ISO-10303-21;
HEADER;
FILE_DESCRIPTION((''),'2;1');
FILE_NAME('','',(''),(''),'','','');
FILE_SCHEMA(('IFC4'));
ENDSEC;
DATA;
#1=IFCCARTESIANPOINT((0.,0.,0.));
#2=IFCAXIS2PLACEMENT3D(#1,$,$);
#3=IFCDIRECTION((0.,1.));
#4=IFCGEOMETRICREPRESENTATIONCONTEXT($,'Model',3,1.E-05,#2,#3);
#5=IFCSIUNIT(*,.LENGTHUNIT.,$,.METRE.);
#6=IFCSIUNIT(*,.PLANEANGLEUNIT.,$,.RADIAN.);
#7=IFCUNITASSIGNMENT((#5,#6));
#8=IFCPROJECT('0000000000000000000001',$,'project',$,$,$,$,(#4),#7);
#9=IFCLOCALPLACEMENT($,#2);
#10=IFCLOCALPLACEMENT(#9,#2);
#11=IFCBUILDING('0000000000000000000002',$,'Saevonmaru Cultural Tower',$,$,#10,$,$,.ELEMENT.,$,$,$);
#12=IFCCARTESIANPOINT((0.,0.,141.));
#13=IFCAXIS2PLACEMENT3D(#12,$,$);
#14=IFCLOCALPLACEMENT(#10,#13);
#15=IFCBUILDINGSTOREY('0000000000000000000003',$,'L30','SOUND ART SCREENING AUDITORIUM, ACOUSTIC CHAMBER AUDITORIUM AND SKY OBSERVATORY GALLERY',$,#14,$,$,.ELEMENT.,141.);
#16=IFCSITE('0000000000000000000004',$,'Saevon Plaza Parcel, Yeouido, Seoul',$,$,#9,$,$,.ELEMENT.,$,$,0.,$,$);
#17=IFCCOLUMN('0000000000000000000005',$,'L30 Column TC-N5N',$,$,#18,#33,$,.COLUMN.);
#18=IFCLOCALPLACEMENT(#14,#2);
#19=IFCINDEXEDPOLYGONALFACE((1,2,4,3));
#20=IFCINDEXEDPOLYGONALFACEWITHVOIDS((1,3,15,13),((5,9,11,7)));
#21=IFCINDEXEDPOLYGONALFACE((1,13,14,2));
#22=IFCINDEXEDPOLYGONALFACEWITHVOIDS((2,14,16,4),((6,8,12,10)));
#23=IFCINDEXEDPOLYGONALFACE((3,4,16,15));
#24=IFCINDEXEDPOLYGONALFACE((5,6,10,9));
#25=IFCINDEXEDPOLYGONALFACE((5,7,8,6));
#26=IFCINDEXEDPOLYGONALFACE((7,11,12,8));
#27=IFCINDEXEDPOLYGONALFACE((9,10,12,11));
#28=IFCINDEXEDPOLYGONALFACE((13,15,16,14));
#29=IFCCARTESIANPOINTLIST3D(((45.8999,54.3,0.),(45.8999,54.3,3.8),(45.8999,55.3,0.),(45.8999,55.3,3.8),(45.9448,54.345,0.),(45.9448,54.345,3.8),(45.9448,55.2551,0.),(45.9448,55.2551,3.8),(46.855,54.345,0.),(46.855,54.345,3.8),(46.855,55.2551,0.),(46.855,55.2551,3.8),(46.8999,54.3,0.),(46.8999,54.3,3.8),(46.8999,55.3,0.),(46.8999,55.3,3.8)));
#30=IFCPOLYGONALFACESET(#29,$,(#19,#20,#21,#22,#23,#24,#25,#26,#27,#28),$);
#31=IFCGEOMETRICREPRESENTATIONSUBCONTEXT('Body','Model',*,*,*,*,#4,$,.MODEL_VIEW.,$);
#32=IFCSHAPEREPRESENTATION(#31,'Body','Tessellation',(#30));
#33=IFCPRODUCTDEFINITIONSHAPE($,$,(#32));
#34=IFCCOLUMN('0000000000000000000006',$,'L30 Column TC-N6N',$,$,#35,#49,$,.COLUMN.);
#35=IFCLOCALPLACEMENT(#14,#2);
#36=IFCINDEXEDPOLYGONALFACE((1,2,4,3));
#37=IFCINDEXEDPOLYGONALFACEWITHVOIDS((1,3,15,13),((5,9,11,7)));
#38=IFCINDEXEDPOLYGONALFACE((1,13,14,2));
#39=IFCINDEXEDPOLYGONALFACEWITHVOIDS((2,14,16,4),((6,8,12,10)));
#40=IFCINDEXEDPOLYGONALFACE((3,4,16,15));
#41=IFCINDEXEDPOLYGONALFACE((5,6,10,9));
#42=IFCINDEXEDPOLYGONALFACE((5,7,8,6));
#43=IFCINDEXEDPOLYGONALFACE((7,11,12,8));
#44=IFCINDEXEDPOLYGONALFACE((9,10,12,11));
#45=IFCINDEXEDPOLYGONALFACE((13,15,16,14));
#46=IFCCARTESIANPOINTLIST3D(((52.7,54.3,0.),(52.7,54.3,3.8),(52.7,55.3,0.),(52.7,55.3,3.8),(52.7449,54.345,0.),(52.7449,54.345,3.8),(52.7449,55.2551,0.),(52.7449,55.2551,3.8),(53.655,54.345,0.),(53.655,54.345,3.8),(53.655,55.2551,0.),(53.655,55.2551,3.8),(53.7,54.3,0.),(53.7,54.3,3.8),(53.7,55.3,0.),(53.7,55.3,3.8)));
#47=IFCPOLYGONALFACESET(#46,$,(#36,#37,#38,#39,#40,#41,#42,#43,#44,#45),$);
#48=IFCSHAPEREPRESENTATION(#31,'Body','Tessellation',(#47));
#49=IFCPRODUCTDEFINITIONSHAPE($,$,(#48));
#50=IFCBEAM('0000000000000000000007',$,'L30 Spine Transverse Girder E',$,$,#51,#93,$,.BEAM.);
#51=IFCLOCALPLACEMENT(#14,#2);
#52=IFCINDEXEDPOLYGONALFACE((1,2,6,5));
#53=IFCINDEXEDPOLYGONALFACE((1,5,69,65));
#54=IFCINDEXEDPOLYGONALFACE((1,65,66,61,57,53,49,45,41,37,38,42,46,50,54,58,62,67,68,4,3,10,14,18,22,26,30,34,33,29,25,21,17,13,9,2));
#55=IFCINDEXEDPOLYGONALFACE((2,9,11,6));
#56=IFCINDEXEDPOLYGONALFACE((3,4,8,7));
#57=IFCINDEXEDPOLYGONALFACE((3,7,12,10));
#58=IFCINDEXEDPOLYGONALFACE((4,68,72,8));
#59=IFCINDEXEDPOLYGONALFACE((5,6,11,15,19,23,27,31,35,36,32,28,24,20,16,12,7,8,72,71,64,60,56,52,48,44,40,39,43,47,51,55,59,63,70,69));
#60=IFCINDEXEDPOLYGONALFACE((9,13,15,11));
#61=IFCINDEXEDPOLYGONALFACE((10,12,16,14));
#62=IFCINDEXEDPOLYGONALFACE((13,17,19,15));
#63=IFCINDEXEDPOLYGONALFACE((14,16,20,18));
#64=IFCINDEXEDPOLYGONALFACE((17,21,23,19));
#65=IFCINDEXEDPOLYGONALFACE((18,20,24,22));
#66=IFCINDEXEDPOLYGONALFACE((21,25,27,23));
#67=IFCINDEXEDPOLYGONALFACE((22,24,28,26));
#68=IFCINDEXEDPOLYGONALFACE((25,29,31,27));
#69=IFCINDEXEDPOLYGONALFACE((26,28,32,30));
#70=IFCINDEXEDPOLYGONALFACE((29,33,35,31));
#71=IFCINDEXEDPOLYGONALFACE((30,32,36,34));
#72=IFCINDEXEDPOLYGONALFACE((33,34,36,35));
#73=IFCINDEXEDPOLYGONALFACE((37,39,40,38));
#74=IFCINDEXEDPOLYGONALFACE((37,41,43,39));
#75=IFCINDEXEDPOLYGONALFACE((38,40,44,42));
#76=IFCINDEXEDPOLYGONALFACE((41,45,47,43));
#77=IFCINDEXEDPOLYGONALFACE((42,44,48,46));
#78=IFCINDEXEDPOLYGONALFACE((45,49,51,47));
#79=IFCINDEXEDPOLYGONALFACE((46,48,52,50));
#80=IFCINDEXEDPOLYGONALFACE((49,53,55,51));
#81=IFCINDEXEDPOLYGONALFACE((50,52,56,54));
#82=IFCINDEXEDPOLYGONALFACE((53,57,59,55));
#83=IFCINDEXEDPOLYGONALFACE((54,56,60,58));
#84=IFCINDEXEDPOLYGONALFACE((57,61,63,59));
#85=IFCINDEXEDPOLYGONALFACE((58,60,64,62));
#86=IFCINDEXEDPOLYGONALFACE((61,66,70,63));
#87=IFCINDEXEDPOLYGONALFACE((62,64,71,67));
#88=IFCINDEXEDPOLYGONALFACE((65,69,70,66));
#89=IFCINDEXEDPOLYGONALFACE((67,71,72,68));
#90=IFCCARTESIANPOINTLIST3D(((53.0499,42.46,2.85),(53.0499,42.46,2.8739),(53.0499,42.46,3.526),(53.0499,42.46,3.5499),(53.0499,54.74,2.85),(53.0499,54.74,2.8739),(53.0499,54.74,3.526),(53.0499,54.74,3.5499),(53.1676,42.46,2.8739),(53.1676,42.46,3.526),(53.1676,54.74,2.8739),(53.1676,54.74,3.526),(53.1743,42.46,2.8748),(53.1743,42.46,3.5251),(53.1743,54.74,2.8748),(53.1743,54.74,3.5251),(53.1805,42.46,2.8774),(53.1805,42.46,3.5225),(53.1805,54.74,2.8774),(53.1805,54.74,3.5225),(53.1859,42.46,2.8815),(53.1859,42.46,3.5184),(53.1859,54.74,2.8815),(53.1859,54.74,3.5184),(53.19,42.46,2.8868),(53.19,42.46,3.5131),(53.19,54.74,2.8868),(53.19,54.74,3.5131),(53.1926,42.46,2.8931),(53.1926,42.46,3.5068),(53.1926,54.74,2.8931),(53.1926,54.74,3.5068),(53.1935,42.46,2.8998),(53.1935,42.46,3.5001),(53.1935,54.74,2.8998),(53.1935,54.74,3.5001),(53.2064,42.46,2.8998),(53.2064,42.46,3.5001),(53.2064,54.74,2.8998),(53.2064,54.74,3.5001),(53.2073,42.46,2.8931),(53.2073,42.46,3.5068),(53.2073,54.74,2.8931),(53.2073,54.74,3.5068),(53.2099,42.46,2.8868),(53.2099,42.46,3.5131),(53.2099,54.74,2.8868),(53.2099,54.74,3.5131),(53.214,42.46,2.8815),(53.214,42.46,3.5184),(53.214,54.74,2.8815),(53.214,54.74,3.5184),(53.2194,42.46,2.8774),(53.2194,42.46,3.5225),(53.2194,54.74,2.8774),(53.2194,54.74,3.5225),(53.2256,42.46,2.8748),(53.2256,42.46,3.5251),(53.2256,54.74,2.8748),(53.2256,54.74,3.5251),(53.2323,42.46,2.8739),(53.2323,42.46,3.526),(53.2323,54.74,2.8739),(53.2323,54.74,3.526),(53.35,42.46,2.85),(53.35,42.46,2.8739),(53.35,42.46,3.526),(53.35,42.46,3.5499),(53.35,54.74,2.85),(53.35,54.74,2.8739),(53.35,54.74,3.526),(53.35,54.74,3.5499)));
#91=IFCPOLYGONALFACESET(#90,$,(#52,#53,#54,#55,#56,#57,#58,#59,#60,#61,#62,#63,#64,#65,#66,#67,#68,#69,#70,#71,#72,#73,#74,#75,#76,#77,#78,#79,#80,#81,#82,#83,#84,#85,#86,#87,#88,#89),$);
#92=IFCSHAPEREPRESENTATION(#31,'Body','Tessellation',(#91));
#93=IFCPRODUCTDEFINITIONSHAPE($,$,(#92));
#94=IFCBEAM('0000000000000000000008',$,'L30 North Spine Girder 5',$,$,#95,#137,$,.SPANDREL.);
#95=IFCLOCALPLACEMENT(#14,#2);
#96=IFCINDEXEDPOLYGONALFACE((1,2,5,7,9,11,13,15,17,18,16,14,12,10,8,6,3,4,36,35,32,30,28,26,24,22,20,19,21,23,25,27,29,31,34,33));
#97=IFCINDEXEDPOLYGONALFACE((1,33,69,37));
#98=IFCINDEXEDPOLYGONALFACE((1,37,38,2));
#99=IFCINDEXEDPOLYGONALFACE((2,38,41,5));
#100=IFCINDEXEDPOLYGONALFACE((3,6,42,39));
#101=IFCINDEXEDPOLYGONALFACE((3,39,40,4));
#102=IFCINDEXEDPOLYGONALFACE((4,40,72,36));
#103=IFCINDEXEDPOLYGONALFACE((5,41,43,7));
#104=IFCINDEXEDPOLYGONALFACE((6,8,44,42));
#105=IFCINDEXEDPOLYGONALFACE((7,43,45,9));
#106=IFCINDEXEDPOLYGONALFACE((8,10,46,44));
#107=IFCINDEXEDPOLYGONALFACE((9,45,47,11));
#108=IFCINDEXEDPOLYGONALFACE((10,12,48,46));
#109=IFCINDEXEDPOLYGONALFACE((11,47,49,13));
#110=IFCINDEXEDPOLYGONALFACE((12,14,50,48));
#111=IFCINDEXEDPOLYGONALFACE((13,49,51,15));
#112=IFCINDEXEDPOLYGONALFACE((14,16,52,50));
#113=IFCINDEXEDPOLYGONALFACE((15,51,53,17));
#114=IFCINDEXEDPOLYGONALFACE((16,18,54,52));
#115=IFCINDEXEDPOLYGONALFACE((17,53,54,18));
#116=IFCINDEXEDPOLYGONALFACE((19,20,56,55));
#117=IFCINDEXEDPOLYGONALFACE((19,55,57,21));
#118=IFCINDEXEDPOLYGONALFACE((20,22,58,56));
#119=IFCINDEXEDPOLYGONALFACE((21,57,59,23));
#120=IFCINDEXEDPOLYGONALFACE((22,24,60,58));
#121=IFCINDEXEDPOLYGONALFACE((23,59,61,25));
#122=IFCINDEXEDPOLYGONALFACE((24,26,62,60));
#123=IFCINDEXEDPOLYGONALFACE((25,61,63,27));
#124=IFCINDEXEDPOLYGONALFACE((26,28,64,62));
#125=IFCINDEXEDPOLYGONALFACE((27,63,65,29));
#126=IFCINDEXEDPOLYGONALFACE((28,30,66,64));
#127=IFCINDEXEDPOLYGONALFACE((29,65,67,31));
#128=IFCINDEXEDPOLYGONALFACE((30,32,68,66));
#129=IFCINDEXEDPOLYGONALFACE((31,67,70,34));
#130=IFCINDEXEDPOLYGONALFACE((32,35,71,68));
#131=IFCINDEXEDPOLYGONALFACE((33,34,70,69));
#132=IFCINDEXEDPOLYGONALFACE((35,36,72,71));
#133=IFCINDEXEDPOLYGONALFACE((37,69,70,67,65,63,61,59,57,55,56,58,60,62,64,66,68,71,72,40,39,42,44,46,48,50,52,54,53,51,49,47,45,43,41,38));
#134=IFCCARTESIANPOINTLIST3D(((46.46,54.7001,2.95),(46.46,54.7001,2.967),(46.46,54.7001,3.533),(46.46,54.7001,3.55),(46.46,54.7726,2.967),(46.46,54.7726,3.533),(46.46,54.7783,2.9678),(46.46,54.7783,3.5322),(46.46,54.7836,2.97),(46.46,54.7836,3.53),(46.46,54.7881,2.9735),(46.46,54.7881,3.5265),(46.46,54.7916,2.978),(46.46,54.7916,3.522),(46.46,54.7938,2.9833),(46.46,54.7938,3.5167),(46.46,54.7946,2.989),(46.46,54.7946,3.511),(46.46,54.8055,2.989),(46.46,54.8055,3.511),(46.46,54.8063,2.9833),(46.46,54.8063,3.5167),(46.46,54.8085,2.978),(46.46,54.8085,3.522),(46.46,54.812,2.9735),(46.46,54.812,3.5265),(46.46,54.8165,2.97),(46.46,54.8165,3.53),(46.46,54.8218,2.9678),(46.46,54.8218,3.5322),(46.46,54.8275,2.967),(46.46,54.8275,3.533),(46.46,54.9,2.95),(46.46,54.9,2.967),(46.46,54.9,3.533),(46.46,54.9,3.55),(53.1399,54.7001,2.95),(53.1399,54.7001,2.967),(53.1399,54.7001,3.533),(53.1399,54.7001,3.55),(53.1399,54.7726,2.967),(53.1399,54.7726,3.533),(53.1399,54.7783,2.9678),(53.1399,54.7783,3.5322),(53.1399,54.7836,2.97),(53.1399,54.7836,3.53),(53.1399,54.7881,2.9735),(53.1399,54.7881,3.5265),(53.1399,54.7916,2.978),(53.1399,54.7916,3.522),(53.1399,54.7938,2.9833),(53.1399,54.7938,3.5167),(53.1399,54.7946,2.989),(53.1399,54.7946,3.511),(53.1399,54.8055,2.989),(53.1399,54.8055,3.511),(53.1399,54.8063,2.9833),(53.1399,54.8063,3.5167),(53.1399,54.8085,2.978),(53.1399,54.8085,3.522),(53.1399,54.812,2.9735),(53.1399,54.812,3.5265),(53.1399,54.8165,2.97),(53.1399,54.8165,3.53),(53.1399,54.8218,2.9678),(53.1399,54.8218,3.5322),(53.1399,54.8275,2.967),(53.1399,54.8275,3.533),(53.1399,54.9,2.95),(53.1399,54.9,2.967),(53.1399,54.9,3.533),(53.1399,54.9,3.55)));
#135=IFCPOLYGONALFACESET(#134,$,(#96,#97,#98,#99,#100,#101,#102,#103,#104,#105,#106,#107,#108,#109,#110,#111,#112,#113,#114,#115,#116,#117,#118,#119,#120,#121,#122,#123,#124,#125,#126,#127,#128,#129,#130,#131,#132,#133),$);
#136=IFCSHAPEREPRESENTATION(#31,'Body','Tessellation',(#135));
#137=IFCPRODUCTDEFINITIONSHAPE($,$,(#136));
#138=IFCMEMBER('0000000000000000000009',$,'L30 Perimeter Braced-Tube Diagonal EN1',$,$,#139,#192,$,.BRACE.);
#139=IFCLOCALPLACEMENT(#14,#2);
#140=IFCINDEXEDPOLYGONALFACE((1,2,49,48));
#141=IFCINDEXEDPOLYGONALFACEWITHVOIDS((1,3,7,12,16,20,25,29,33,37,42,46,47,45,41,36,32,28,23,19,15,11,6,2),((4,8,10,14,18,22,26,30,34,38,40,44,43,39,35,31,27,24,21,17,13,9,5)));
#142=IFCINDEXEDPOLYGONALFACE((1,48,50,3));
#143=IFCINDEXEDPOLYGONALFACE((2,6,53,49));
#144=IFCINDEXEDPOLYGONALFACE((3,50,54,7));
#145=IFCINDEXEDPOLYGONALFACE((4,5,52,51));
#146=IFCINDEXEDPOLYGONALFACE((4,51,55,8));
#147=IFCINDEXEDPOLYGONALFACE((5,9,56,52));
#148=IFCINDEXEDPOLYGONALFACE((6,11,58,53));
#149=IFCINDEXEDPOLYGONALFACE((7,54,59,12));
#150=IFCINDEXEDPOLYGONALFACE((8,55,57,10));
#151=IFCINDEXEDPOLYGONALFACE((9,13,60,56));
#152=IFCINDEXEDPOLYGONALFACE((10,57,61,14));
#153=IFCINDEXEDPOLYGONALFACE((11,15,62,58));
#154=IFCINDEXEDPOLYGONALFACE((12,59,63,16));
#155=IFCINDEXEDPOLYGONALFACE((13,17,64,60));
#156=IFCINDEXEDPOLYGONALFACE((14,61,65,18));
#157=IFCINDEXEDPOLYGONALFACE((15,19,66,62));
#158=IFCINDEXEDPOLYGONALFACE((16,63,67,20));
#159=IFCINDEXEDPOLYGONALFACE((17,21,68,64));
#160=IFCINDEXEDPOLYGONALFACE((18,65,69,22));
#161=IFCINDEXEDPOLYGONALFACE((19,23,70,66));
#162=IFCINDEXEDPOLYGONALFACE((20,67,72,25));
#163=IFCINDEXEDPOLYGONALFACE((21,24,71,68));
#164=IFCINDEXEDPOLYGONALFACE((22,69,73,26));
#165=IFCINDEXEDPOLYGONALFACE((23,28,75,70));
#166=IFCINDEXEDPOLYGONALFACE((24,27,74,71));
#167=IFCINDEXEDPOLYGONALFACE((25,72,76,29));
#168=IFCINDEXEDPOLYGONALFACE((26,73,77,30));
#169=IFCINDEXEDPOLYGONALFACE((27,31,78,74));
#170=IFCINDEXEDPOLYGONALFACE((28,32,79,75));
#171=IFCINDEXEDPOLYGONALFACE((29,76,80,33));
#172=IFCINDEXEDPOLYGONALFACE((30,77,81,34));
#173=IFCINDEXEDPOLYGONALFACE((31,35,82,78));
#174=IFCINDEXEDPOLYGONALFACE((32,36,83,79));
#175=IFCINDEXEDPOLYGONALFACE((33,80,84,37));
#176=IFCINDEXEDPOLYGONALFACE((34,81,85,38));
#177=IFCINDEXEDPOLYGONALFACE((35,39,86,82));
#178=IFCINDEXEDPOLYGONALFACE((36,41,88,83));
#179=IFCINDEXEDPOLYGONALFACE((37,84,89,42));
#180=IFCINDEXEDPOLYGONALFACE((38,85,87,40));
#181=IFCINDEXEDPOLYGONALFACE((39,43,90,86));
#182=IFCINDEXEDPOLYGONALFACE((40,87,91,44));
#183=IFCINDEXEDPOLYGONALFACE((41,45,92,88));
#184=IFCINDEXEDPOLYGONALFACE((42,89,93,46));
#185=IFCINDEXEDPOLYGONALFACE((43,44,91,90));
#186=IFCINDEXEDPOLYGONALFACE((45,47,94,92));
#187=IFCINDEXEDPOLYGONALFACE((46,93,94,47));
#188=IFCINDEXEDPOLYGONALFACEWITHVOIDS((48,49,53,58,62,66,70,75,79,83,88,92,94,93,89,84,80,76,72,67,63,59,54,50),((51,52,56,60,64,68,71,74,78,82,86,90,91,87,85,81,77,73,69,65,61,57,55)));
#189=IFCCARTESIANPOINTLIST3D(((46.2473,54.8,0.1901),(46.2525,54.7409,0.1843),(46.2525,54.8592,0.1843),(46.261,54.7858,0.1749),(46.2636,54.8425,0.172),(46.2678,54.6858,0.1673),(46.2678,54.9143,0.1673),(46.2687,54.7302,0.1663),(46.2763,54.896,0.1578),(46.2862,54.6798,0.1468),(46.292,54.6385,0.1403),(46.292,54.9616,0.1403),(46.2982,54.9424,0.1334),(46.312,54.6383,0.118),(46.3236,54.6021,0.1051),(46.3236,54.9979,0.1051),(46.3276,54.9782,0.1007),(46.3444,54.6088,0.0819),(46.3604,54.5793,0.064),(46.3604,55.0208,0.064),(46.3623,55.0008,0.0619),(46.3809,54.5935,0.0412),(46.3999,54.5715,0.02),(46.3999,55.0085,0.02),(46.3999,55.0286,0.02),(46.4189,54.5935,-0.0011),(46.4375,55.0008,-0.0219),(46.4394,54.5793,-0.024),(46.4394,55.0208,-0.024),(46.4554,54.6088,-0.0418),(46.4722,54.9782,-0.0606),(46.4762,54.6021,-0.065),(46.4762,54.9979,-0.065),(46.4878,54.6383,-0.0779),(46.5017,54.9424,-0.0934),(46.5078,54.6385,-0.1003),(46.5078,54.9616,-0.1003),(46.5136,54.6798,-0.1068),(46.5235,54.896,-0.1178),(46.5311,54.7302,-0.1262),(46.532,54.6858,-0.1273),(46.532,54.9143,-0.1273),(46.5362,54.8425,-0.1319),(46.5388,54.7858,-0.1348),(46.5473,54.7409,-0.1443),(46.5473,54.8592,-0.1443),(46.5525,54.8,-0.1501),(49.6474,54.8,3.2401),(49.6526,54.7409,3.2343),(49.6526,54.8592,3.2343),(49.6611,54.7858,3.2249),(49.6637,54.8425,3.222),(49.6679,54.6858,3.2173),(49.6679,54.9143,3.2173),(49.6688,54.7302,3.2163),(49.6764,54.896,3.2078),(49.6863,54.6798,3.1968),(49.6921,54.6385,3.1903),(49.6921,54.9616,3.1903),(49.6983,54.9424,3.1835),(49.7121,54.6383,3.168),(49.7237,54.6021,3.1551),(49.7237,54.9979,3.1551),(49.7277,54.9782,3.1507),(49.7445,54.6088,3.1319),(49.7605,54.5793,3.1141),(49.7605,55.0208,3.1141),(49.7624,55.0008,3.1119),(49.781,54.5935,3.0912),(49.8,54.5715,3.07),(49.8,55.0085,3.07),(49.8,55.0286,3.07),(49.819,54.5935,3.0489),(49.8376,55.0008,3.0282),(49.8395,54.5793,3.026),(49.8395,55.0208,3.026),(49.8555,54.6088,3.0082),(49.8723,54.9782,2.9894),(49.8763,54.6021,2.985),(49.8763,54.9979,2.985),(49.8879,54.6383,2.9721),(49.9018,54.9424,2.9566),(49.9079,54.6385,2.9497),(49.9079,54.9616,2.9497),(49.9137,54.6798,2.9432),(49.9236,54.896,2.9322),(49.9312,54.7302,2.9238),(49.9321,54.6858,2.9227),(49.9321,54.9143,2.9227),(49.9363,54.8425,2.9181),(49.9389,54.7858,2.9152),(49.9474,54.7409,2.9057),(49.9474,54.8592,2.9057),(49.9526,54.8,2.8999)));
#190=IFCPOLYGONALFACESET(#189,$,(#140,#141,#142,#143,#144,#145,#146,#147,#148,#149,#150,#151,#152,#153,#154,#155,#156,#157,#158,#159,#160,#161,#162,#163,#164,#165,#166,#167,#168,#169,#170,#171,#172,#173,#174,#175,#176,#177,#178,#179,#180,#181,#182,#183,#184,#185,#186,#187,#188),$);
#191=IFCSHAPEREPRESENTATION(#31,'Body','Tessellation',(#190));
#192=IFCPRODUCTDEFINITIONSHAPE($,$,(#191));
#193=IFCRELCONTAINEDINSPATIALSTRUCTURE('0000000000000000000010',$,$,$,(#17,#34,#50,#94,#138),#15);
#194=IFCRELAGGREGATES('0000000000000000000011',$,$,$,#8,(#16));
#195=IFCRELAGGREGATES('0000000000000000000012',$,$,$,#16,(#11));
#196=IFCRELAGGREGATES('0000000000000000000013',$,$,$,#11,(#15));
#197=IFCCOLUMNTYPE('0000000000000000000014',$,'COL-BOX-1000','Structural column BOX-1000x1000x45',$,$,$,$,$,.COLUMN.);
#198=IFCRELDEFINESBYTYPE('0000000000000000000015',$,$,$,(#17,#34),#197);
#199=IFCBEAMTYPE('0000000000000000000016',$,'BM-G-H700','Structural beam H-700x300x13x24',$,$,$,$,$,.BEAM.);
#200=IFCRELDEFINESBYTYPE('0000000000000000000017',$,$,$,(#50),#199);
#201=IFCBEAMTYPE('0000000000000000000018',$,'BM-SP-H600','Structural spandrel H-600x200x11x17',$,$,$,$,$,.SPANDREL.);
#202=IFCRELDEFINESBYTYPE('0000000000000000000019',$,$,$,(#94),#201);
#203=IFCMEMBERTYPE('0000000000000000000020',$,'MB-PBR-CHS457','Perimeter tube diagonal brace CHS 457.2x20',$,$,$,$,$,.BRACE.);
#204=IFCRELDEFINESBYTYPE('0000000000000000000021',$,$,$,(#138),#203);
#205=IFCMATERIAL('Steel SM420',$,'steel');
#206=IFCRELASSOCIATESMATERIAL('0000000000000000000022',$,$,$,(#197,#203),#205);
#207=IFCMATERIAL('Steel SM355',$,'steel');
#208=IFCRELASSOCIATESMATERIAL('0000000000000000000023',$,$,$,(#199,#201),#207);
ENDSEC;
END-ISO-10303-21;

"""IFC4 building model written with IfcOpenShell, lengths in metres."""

from ifc_helpers import new_model, si_unit, direction, frame, origin, origin_2d, place, context, subcontext, project, spatial, hollow_rectangle, hollow_circle, i_section, extrude, material, material_profile, profile_set, type_object, element, save


model = new_model("IFC4")

# Units and contexts
model_context = context("Model", 3, precision=1e-05, world=origin(), true_north=direction((0.0, 1.0)))
body_context = subcontext(model_context, "Body", "Model", "MODEL_VIEW")
ifc_project = project(units=[si_unit("LENGTHUNIT", "METRE"), si_unit("PLANEANGLEUNIT", "RADIAN")], contexts=[model_context])

# Site, building, storey
site_placement = place(None, origin())
site = spatial("IfcSite", under=ifc_project, at=site_placement, Name="Saevon Plaza Parcel, Yeouido, Seoul", CompositionType="ELEMENT", RefElevation=0.0)
building_placement = place(site_placement, origin())
building = spatial("IfcBuilding", under=site, at=building_placement, Name="Saevonmaru Cultural Tower", CompositionType="ELEMENT")
storey_placement = place(building_placement, frame((0.0, 0.0, 141.0)))
storey = spatial("IfcBuildingStorey", under=building, at=storey_placement, Name="L30", Description="SOUND ART SCREENING AUDITORIUM, ACOUSTIC CHAMBER AUDITORIUM AND SKY OBSERVATORY GALLERY", CompositionType="ELEMENT", Elevation=141.0)

# Columns
ifc_material_1 = material(Name="Steel SM420", Category="steel")
ifc_material_profile_1 = material_profile(ifc_material_1, hollow_rectangle(XDim=1.0, YDim=1.0, WallThickness=0.0449, at=origin_2d()), Name="BOX-1000x1000x45")
ifc_profile_set_1 = profile_set([ifc_material_profile_1], Name="Steel SM420")
column_type = type_object("IfcColumnType", Name="COL-BOX-1000", Description="Structural column BOX-1000x1000x45", PredefinedType="COLUMN", material=ifc_profile_set_1)
for number, where, z_axis, x_axis, name in (
    (1, (46.3999, 54.8, 0.0), (0.0, 0.0, 1.0), (1.0, 0.0, 0.0), "L30 Column TC-N5N"),
    (2, (53.2, 54.8, 0.0), (0.0, 0.0, 1.0), (1.0, 0.0, 0.0), "L30 Column TC-N6N"),
):
    element("IfcColumn", number, at=place(storey_placement, frame(where, z_axis=z_axis, x_axis=x_axis)), inside=storey, type_object=column_type, Name=name, PredefinedType="COLUMN", context=body_context, shape_type="SweptSolid", body=[
        extrude(hollow_rectangle(XDim=1.0, YDim=1.0, WallThickness=0.0449, at=origin_2d()), origin(), (0.0, 0.0, 1.0), 3.8),
    ])

# Beams
ifc_material_2 = material(Name="Steel SM355", Category="steel")
ifc_material_profile_2 = material_profile(ifc_material_2, i_section(OverallWidth=0.3, OverallDepth=0.7, WebThickness=0.0129, FlangeThickness=0.0239, FilletRadius=0.0259, at=origin_2d()), Name="H-700x300x13x24")
ifc_profile_set_2 = profile_set([ifc_material_profile_2], Name="Steel SM355")
beam_type_1 = type_object("IfcBeamType", Name="BM-G-H700", Description="Structural beam H-700x300x13x24", PredefinedType="BEAM", material=ifc_profile_set_2)
beam_1_placement = place(storey_placement, frame((53.2, 54.74, 3.2), z_axis=(0.0, -1.0, 0.0), x_axis=(1.0, 0.0, 0.0)))
element("IfcBeam", 3, at=beam_1_placement, inside=storey, type_object=beam_type_1, Name="L30 Spine Transverse Girder E", PredefinedType="BEAM", context=body_context, shape_type="SweptSolid", body=[
    extrude(i_section(OverallWidth=0.3, OverallDepth=0.7, WebThickness=0.0129, FlangeThickness=0.0239, FilletRadius=0.0259, at=origin_2d()), origin(), (0.0, 0.0, 1.0), 12.28),
])
ifc_material_profile_3 = material_profile(ifc_material_2, i_section(OverallWidth=0.2, OverallDepth=0.6001, WebThickness=0.011, FlangeThickness=0.0171, FilletRadius=0.022, at=origin_2d()), Name="H-600x200x11x17")
ifc_profile_set_3 = profile_set([ifc_material_profile_3], Name="Steel SM355")
beam_type_2 = type_object("IfcBeamType", Name="BM-SP-H600", Description="Structural spandrel H-600x200x11x17", PredefinedType="SPANDREL", material=ifc_profile_set_3)
beam_2_placement = place(storey_placement, frame((46.46, 54.8, 3.25), z_axis=(1.0, 0.0, 0.0), x_axis=(0.0, 1.0, 0.0)))
element("IfcBeam", 4, at=beam_2_placement, inside=storey, type_object=beam_type_2, Name="L30 North Spine Girder 5", PredefinedType="SPANDREL", context=body_context, shape_type="SweptSolid", body=[
    extrude(i_section(OverallWidth=0.2, OverallDepth=0.6001, WebThickness=0.011, FlangeThickness=0.0171, FilletRadius=0.022, at=origin_2d()), origin(), (0.0, 0.0, 1.0), 6.6799),
])

# Member
ifc_material_profile_4 = material_profile(ifc_material_1, hollow_circle(Radius=0.2285, WallThickness=0.02, at=origin_2d()), Name="CHS-457.2x20")
ifc_profile_set_4 = profile_set([ifc_material_profile_4], Name="Steel SM420")
member_type_1 = type_object("IfcMemberType", Name="MB-PBR-CHS457", Description="Perimeter tube diagonal brace CHS 457.2x20", PredefinedType="BRACE", material=ifc_profile_set_4)
for number, where, z_axis, x_axis, name in (
    (5, (46.3999, 54.8, 0.02), (0.744391, 0.0, 0.667744), (0.0, 1.0, 0.0), "L30 Perimeter Braced-Tube Diagonal EN1"),
):
    element("IfcMember", number, at=place(storey_placement, frame(where, z_axis=z_axis, x_axis=x_axis)), inside=storey, type_object=member_type_1, Name=name, PredefinedType="BRACE", context=body_context, shape_type="SweptSolid", body=[
        extrude(hollow_circle(Radius=0.2285, WallThickness=0.02, at=origin_2d()), origin(), (0.0, 0.0, 1.0), 4.5676),
    ])

save(model, "model.ifc")
